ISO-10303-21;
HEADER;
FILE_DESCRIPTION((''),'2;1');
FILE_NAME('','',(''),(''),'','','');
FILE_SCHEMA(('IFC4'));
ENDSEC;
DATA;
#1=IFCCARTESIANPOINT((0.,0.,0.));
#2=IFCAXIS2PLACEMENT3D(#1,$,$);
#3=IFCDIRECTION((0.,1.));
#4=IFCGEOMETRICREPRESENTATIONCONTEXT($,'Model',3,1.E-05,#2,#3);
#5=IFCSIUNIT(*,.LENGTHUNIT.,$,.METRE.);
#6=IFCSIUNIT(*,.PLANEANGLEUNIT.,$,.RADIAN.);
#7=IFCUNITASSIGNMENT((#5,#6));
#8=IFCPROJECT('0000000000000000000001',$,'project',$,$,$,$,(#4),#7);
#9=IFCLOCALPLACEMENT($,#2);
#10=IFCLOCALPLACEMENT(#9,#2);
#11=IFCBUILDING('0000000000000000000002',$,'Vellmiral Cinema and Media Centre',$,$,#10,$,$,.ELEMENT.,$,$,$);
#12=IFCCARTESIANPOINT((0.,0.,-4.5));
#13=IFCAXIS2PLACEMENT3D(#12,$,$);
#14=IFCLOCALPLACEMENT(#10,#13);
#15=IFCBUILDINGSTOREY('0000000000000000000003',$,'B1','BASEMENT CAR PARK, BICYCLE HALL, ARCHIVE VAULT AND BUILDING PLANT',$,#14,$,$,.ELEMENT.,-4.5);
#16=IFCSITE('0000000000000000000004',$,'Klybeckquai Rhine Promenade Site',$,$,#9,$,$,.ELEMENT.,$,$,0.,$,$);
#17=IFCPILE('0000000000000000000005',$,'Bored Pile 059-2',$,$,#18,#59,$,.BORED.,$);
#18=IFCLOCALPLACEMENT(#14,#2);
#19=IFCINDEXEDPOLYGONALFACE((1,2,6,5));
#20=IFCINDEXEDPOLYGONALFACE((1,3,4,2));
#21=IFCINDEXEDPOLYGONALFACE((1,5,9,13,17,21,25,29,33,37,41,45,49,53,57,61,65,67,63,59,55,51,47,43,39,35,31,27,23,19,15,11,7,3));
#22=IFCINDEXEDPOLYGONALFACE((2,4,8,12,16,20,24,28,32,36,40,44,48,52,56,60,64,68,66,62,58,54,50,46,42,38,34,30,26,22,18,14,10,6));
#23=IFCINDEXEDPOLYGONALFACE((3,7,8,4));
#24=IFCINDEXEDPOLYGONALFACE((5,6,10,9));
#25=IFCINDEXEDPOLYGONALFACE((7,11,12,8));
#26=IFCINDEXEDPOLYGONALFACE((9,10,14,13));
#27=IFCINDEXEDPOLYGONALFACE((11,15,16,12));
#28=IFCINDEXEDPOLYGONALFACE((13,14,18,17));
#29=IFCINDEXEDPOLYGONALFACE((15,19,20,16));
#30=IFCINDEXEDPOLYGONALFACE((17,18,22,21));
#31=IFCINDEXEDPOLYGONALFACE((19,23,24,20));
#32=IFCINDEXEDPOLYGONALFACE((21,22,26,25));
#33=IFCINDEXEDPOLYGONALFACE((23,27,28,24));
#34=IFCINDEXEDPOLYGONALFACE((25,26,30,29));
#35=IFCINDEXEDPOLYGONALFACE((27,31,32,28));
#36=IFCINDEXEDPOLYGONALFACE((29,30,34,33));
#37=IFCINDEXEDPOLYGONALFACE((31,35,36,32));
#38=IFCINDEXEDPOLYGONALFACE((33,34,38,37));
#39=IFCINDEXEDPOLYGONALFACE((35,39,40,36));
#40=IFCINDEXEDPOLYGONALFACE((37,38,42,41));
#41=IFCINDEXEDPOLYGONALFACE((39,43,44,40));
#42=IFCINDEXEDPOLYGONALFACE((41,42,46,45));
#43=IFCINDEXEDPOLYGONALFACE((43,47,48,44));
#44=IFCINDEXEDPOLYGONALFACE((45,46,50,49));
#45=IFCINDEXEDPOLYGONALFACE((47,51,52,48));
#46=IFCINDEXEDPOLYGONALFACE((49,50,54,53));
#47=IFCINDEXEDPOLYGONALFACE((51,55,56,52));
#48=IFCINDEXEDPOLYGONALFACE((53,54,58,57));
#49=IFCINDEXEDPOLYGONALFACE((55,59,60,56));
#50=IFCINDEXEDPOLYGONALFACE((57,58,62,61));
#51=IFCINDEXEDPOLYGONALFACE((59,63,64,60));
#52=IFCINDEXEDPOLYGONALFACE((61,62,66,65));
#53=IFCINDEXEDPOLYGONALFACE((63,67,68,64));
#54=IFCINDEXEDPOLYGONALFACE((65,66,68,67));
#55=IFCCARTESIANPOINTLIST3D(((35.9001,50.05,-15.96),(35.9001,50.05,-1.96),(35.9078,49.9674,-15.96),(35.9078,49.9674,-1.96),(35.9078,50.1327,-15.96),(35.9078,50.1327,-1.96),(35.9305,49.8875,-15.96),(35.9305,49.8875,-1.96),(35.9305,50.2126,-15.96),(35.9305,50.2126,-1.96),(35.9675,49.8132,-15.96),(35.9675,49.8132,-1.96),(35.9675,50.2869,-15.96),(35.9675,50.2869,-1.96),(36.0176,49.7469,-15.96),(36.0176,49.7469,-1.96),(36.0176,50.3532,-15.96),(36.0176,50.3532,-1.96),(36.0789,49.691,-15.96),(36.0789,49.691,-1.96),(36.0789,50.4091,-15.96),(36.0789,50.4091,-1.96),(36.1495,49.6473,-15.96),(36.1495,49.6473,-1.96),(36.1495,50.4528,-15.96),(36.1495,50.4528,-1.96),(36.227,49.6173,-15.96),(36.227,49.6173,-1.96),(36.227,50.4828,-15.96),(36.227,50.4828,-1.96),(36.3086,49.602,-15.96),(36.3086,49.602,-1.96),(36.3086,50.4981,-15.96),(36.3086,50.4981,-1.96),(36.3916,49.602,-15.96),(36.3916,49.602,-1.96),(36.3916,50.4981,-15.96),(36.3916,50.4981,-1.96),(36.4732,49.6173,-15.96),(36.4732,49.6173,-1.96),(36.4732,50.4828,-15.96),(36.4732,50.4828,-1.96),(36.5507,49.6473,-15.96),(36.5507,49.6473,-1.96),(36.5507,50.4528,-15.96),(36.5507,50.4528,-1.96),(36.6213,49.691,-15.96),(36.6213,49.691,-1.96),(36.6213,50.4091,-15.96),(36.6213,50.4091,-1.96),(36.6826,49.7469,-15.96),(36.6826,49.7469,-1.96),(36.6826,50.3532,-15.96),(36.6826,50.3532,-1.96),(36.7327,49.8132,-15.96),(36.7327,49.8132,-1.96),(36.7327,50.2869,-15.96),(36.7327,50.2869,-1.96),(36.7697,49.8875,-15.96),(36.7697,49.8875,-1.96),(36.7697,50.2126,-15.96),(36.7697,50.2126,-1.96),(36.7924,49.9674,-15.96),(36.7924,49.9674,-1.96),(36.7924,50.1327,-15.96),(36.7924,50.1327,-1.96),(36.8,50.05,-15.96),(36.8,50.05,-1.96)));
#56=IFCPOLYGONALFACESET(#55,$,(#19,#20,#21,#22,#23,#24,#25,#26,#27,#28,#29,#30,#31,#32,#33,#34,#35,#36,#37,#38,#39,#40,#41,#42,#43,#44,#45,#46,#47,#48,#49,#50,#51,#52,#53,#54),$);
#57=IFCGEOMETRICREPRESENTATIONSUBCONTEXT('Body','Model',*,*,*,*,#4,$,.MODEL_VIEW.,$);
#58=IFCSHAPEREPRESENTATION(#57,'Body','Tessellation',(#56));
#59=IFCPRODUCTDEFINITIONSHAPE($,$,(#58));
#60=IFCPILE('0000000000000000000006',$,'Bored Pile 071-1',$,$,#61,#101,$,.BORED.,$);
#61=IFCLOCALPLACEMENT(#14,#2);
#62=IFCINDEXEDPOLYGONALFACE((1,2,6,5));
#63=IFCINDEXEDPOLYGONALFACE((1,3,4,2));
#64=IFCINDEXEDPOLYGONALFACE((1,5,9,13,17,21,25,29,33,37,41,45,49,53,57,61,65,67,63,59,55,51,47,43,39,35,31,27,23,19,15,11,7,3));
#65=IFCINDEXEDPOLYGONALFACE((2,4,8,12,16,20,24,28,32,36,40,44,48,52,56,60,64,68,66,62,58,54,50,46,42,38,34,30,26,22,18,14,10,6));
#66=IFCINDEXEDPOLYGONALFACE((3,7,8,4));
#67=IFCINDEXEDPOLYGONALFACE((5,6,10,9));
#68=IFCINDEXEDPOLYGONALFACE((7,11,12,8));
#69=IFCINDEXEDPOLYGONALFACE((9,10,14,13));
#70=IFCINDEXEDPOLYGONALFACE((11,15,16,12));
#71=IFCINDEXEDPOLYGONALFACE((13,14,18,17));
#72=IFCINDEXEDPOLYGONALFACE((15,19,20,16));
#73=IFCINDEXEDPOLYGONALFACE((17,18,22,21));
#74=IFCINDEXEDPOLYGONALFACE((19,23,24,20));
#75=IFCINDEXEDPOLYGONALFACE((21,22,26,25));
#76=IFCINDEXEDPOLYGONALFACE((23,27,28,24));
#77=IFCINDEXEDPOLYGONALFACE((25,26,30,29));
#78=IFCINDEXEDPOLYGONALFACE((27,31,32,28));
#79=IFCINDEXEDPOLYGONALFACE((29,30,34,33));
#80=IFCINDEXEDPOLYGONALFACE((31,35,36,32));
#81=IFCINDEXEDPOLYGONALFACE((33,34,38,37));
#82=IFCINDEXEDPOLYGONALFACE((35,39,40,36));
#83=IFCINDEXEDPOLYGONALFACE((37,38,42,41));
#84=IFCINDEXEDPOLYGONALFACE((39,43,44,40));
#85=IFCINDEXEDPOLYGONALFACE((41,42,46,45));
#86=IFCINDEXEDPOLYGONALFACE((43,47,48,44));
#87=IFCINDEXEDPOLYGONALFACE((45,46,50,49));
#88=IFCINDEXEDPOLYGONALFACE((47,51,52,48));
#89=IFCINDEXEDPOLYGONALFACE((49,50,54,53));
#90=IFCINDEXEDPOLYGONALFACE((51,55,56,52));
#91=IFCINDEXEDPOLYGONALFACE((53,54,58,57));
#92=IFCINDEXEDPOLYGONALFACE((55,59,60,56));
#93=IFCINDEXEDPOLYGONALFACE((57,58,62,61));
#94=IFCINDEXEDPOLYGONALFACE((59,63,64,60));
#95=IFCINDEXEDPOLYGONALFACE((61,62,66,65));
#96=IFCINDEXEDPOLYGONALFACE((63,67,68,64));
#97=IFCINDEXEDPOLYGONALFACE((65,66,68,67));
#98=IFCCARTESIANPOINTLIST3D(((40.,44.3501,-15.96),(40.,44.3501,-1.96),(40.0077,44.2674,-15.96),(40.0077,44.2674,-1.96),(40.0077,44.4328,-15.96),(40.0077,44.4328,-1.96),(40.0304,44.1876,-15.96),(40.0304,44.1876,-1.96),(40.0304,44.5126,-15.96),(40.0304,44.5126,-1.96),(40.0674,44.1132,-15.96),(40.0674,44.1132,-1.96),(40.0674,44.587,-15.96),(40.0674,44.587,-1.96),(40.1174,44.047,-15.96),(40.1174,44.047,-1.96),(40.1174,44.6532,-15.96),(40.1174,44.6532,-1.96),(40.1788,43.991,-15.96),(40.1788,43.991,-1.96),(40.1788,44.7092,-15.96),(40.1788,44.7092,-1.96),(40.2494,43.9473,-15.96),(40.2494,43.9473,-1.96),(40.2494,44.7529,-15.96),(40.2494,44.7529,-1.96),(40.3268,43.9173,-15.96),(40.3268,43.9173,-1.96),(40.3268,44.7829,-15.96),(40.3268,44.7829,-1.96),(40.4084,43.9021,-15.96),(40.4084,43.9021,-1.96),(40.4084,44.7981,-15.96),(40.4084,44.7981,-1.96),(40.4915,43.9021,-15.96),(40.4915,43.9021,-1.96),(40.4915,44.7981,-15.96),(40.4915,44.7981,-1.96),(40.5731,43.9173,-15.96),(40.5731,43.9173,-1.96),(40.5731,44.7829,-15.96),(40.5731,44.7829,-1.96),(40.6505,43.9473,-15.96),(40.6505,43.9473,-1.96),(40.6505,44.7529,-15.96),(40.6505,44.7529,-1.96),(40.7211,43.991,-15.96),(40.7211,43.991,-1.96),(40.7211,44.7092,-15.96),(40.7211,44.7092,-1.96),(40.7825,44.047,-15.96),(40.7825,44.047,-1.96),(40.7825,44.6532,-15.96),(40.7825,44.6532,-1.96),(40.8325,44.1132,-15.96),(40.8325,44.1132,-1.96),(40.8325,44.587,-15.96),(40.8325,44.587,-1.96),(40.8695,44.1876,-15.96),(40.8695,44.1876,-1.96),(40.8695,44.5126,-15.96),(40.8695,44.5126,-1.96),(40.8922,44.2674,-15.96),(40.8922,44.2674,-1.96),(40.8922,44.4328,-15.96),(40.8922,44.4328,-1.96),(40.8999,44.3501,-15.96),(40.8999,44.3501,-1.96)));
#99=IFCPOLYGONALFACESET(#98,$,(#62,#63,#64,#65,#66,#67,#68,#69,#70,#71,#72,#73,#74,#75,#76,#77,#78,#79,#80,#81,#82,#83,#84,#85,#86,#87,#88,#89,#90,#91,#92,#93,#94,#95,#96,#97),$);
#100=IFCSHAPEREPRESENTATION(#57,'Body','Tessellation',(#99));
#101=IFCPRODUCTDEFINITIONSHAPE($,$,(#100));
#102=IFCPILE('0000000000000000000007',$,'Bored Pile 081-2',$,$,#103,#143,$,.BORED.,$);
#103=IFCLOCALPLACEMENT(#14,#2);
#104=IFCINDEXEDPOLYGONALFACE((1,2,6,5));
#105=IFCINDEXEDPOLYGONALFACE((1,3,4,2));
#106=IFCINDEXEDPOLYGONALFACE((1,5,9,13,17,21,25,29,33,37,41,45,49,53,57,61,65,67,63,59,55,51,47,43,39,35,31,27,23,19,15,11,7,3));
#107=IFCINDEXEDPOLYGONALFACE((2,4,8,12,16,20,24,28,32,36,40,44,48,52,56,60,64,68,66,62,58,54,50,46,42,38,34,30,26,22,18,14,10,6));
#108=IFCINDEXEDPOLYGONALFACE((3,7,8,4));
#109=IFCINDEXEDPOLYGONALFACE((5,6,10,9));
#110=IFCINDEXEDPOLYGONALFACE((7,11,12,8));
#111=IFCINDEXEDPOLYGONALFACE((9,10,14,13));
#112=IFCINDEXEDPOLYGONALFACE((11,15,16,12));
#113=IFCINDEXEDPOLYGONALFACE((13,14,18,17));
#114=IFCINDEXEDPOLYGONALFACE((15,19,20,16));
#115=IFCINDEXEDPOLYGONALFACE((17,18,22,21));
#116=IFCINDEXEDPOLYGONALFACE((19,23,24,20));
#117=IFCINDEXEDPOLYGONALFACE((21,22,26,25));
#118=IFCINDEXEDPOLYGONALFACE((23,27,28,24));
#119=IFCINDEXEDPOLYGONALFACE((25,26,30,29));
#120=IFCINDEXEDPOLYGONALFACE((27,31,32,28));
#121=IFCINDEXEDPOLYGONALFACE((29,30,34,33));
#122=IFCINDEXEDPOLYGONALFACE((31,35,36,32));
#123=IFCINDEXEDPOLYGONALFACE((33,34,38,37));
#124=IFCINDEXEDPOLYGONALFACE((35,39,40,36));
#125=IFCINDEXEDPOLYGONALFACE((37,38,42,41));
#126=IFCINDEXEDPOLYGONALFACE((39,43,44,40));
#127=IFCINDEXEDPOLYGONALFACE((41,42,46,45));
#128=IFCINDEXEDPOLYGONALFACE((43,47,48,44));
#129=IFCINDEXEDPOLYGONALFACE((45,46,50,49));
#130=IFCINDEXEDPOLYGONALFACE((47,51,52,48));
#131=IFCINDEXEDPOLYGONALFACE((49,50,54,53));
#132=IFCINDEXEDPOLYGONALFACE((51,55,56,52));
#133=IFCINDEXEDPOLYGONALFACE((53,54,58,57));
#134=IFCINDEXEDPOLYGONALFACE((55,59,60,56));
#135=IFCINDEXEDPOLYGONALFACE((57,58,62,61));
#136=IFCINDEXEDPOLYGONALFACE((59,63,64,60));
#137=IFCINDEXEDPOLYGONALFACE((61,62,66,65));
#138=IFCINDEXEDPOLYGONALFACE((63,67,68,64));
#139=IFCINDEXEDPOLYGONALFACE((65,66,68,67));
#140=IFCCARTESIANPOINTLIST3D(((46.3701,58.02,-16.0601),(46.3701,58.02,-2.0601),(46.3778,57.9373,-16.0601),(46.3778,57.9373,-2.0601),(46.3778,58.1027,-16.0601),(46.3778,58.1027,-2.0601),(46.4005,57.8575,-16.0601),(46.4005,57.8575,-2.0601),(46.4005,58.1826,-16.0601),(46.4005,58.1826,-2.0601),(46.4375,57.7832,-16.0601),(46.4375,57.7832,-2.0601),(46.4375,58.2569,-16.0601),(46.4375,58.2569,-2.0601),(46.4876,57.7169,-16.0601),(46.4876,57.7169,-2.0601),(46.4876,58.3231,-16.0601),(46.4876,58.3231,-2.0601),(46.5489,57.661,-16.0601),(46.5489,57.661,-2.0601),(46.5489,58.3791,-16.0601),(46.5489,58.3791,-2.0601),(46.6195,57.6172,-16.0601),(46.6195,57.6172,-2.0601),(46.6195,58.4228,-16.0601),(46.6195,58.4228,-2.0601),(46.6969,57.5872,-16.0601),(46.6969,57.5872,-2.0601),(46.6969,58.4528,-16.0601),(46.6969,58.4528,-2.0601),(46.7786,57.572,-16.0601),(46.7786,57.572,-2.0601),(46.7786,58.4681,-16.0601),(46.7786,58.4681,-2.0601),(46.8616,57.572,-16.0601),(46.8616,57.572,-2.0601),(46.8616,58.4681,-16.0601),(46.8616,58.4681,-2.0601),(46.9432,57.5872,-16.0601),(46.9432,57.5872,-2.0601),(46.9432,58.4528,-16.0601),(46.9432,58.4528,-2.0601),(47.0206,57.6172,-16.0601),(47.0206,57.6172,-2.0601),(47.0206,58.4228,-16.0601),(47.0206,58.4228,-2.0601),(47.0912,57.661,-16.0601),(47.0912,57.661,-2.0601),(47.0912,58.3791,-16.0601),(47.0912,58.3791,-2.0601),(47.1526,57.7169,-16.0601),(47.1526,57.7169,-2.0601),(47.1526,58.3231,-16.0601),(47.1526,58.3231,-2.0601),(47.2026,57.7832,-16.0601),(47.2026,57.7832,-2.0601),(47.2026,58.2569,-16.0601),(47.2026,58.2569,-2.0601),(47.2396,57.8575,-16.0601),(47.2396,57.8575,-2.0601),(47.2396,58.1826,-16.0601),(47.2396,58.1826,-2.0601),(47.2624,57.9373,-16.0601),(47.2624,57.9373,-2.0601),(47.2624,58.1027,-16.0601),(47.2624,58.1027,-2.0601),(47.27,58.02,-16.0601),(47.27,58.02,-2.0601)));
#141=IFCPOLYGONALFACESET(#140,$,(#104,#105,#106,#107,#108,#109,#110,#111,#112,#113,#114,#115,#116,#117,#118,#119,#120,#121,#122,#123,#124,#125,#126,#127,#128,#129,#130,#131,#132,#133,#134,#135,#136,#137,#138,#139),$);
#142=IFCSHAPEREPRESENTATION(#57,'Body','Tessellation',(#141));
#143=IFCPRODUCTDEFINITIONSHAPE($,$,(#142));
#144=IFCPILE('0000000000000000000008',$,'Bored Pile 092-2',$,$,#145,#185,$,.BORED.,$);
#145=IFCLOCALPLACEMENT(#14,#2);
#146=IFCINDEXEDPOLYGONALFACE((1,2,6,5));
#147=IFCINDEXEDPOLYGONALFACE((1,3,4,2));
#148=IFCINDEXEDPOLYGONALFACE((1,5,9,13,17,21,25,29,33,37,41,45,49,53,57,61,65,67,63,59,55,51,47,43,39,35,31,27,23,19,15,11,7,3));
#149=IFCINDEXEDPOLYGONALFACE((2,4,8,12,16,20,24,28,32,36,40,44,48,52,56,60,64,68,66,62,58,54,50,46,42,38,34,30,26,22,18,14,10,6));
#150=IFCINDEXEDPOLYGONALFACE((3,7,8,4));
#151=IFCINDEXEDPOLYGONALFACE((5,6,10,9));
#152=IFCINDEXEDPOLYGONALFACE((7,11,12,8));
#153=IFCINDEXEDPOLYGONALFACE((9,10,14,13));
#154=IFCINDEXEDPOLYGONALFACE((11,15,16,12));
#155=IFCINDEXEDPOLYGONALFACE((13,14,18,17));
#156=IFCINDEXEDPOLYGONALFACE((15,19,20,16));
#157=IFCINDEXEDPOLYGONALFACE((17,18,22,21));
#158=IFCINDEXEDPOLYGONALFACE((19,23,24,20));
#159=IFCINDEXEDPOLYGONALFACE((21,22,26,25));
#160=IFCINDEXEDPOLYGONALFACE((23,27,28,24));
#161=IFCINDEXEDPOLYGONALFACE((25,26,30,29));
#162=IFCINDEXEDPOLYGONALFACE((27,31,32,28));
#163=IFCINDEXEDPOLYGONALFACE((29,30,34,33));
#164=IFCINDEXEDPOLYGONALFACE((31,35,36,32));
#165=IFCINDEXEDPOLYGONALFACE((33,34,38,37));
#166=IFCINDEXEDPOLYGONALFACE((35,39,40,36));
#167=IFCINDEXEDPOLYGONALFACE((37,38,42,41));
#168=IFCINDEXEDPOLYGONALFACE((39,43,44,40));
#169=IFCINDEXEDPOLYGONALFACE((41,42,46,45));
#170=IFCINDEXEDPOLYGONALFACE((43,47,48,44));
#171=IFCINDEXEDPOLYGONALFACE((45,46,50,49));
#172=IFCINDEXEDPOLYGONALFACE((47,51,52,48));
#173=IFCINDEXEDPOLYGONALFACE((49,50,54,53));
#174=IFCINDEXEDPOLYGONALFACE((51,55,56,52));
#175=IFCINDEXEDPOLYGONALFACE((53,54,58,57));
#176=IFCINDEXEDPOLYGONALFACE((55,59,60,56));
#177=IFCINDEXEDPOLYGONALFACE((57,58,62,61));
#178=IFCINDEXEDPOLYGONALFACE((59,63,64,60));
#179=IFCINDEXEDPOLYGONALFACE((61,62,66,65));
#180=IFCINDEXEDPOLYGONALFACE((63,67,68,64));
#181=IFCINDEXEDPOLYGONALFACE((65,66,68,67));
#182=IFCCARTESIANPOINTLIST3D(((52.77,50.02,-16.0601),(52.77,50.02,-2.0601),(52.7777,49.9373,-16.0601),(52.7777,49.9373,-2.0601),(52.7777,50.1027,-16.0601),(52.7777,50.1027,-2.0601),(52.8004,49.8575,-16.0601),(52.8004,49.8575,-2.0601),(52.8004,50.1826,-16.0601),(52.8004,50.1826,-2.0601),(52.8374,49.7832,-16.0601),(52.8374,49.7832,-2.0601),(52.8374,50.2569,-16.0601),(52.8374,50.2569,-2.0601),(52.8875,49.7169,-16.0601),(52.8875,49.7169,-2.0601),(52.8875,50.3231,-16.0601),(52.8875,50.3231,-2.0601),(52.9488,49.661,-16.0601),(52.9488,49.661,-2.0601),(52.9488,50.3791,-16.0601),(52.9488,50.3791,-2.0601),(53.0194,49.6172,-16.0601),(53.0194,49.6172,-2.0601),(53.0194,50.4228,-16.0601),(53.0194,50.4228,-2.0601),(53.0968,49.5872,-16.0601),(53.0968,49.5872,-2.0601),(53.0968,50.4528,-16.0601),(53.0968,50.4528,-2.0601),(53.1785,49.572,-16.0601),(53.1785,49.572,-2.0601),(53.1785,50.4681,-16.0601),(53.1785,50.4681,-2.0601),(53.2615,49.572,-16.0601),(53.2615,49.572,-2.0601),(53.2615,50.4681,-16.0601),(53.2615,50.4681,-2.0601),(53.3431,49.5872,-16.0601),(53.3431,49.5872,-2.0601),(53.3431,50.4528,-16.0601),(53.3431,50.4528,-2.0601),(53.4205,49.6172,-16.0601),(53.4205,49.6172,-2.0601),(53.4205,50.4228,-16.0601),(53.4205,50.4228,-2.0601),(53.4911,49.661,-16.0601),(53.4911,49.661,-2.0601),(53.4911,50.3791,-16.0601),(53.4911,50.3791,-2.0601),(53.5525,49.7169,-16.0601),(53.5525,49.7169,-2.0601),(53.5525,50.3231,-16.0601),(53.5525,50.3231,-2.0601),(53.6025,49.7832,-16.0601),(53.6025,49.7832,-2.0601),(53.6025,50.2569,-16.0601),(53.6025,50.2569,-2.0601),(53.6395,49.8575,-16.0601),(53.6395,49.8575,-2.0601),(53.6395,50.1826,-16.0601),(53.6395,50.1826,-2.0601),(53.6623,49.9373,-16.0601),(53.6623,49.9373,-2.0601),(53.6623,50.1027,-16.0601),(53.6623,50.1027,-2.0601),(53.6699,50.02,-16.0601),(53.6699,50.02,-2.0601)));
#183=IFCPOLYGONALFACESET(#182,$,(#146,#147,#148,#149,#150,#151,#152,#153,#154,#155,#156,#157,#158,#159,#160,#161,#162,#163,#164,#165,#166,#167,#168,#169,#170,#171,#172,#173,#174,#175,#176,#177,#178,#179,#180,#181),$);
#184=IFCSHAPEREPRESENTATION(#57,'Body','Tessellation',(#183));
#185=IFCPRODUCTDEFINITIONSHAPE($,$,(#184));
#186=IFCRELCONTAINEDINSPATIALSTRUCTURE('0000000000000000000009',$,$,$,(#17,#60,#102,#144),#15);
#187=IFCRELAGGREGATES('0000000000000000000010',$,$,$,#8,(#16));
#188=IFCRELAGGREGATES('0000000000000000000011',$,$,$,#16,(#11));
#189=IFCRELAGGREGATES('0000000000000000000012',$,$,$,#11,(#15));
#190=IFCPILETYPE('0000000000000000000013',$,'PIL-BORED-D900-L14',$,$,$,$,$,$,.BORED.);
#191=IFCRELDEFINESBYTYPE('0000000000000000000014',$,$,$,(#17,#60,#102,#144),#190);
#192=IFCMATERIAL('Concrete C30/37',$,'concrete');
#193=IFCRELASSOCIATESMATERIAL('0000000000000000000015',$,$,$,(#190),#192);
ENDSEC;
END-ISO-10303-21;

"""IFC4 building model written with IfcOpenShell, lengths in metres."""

from ifc_helpers import new_model, si_unit, direction, frame, origin, origin_2d, place, context, subcontext, project, spatial, circle, extrude, material, material_profile, profile_set, type_object, element, save


model = new_model("IFC4")

# Units and contexts
model_context = context("Model", 3, precision=1e-05, world=origin(), true_north=direction((0.0, 1.0)))
body_context = subcontext(model_context, "Body", "Model", "MODEL_VIEW")
ifc_project = project(units=[si_unit("LENGTHUNIT", "METRE"), si_unit("PLANEANGLEUNIT", "RADIAN")], contexts=[model_context])

# Site, building, storey
site_placement = place(None, origin())
site = spatial("IfcSite", under=ifc_project, at=site_placement, Name="Klybeckquai Rhine Promenade Site", CompositionType="ELEMENT", RefElevation=0.0)
building_placement = place(site_placement, origin())
building = spatial("IfcBuilding", under=site, at=building_placement, Name="Vellmiral Cinema and Media Centre", CompositionType="ELEMENT")
storey_placement = place(building_placement, frame((0.0, 0.0, -4.5)))
storey = spatial("IfcBuildingStorey", under=building, at=storey_placement, Name="B1", Description="BASEMENT CAR PARK, BICYCLE HALL, ARCHIVE VAULT AND BUILDING PLANT", CompositionType="ELEMENT", Elevation=-4.5)

# Piles
ifc_material_1 = material(Name="Concrete C30/37", Category="concrete")
ifc_material_profile_1 = material_profile(ifc_material_1, circle(Radius=0.45, at=origin_2d()), Name="PILE D900")
ifc_profile_set_1 = profile_set([ifc_material_profile_1], Name="Concrete C30/37")
pile_type_1 = type_object("IfcPileType", Name="PIL-BORED-D900-L14", PredefinedType="BORED", material=ifc_profile_set_1)
for number, where, z_axis, x_axis, name in (
    (1, (36.3501, 50.05, -1.96), (0.0, 0.0, -1.0), (1.0, 0.0, 0.0), "Bored Pile 059-2"),
    (2, (40.45, 44.3501, -1.96), (0.0, 0.0, -1.0), (1.0, 0.0, 0.0), "Bored Pile 071-1"),
    (3, (46.8201, 58.02, -2.0601), (0.0, 0.0, -1.0), (1.0, 0.0, 0.0), "Bored Pile 081-2"),
    (4, (53.22, 50.02, -2.0601), (0.0, 0.0, -1.0), (1.0, 0.0, 0.0), "Bored Pile 092-2"),
):
    element("IfcPile", number, at=place(storey_placement, frame(where, z_axis=z_axis, x_axis=x_axis)), inside=storey, type_object=pile_type_1, Name=name, PredefinedType="BORED", context=body_context, shape_type="SweptSolid", body=[
        extrude(circle(Radius=0.45, at=origin_2d()), origin(), (0.0, 0.0, 1.0), 14.0),
    ])

save(model, "model.ifc")
